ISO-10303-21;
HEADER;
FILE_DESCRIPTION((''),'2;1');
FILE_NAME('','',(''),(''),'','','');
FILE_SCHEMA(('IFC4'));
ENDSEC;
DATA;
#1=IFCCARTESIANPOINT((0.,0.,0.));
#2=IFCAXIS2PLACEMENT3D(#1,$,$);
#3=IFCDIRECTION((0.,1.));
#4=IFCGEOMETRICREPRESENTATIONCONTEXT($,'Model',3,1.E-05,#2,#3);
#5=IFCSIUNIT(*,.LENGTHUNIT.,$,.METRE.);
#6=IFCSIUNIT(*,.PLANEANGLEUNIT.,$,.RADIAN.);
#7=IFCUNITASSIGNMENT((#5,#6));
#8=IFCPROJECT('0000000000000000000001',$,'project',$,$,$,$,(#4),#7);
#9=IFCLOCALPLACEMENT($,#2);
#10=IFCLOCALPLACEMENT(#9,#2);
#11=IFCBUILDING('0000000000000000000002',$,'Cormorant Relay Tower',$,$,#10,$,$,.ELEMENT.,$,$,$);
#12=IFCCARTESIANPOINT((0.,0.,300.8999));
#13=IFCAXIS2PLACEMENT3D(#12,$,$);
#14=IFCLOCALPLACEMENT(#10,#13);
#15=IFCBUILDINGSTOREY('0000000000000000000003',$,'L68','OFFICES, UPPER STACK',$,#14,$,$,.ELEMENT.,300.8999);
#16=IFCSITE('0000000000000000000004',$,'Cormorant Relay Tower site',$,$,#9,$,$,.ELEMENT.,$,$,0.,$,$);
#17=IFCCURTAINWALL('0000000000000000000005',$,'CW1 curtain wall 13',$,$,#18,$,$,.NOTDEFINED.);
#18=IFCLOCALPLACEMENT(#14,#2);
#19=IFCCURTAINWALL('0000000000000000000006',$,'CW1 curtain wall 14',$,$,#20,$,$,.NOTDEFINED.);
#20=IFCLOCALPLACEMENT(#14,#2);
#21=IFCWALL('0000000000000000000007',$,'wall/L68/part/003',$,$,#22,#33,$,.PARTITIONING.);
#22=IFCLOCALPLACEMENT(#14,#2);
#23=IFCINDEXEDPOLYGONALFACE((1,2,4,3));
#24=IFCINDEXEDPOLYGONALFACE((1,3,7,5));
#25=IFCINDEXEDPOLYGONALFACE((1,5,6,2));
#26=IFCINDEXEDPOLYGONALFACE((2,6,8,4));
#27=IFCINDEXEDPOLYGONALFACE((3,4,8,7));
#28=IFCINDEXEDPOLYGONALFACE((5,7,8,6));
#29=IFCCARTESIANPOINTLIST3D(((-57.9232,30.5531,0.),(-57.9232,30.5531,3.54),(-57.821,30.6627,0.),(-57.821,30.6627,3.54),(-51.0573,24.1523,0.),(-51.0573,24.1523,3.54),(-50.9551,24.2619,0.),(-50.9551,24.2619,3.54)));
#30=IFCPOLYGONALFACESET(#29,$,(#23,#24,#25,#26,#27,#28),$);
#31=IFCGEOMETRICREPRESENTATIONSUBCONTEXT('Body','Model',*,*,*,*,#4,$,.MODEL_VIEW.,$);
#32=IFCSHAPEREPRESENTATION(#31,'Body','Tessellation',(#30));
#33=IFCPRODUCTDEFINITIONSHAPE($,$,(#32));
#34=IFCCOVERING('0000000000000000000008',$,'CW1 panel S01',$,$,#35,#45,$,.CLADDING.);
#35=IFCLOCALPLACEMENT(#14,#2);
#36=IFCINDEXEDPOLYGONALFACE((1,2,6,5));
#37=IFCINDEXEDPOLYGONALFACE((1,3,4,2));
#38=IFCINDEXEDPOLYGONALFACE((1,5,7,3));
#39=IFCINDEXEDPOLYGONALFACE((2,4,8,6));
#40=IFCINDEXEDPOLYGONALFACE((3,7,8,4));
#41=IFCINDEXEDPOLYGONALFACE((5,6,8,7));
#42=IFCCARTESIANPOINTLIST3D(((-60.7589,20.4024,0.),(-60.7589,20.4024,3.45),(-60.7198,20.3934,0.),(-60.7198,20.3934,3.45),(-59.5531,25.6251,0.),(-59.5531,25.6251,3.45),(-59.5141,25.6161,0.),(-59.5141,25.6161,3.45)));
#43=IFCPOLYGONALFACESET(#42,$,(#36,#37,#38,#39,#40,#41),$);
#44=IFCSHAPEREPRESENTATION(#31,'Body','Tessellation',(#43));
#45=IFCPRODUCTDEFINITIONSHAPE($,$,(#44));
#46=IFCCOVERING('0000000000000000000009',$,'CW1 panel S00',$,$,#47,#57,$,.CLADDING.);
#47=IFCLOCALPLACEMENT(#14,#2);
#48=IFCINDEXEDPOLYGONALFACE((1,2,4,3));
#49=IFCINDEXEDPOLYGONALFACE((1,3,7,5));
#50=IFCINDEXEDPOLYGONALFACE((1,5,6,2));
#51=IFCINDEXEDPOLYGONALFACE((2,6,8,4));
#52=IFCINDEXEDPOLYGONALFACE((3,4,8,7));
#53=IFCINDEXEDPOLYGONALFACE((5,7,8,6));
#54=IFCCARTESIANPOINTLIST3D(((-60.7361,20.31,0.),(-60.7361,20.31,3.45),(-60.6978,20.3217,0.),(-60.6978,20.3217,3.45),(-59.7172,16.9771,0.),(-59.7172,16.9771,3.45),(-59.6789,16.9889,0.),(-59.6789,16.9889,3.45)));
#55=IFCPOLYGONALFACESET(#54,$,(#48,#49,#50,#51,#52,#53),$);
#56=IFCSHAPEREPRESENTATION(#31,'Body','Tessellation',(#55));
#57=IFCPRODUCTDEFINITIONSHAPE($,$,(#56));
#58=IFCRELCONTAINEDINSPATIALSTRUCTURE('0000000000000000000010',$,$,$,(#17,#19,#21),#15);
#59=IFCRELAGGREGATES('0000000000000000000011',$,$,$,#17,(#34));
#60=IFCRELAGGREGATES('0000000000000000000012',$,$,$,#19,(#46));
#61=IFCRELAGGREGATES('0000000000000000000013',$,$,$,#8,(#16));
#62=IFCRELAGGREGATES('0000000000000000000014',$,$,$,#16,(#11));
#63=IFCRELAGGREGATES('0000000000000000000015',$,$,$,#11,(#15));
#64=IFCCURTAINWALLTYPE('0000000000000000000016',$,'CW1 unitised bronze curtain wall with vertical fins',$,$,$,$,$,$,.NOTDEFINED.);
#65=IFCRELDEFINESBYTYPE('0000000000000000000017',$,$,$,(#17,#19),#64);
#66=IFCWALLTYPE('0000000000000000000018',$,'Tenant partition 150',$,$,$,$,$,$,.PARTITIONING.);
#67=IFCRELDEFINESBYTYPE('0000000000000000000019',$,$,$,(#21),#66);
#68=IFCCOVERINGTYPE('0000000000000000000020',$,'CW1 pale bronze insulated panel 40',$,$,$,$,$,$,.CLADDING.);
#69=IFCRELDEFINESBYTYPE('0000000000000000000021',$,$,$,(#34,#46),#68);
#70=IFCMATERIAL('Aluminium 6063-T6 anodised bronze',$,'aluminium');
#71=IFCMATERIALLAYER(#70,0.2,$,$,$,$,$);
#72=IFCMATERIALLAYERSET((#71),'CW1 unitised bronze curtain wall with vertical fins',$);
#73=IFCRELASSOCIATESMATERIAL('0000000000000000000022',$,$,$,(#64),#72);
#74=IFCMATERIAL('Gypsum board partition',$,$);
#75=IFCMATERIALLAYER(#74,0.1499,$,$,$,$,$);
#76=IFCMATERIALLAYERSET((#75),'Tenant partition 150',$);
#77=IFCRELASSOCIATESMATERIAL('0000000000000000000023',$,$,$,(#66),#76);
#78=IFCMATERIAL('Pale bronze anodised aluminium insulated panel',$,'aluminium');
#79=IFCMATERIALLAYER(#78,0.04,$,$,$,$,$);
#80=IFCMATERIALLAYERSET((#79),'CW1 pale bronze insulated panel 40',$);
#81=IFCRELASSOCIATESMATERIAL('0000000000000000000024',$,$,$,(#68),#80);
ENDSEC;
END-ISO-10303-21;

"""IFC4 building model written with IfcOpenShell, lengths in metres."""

from ifc_helpers import new_model, si_unit, direction, frame, frame_2d, origin, origin_2d, place, context, subcontext, project, spatial, rectangle, extrude, material, layer, layer_set, type_object, element, aggregate, save


model = new_model("IFC4")

# Units and contexts
model_context = context("Model", 3, precision=1e-05, world=origin(), true_north=direction((0.0, 1.0)))
body_context = subcontext(model_context, "Body", "Model", "MODEL_VIEW")
ifc_project = project(units=[si_unit("LENGTHUNIT", "METRE"), si_unit("PLANEANGLEUNIT", "RADIAN")], contexts=[model_context])

# Site, building, storey
site_placement = place(None, origin())
site = spatial("IfcSite", under=ifc_project, at=site_placement, Name="Cormorant Relay Tower site", CompositionType="ELEMENT", RefElevation=0.0)
building_placement = place(site_placement, origin())
building = spatial("IfcBuilding", under=site, at=building_placement, Name="Cormorant Relay Tower", CompositionType="ELEMENT")
storey_placement = place(building_placement, frame((0.0, 0.0, 300.8999)))
storey = spatial("IfcBuildingStorey", under=building, at=storey_placement, Name="L68", Description="OFFICES, UPPER STACK", CompositionType="ELEMENT", Elevation=300.8999)

# Curtain walls
ifc_material_1 = material(Name="Aluminium 6063-T6 anodised bronze", Category="aluminium")
ifc_layer_1 = layer(ifc_material_1, 0.2)
ifc_layer_set_1 = layer_set([ifc_layer_1], Name="CW1 unitised bronze curtain wall with vertical fins")
curtain_wall_type = type_object("IfcCurtainWallType", Name="CW1 unitised bronze curtain wall with vertical fins", PredefinedType="NOTDEFINED", material=ifc_layer_set_1)
curtain_wall_1_placement = place(storey_placement, origin())
curtain_wall_1 = element("IfcCurtainWall", 1, at=curtain_wall_1_placement, inside=storey, type_object=curtain_wall_type, Name="CW1 curtain wall 13", PredefinedType="NOTDEFINED")
curtain_wall_2_placement = place(storey_placement, origin())
curtain_wall_2 = element("IfcCurtainWall", 2, at=curtain_wall_2_placement, inside=storey, type_object=curtain_wall_type, Name="CW1 curtain wall 14", PredefinedType="NOTDEFINED")

# Wall
ifc_material_2 = material(Name="Gypsum board partition")
ifc_layer_2 = layer(ifc_material_2, 0.1499)
ifc_layer_set_2 = layer_set([ifc_layer_2], Name="Tenant partition 150")
wall_type_1 = type_object("IfcWallType", Name="Tenant partition 150", PredefinedType="PARTITIONING", material=ifc_layer_set_2)
wall_1_placement = place(storey_placement, frame((-57.8721, 30.6079, 0.0), z_axis=(0.0, 0.0, 1.0), x_axis=(0.731446, -0.681899, 0.0)))
element("IfcWall", 3, at=wall_1_placement, inside=storey, type_object=wall_type_1, Name="wall/L68/part/003", PredefinedType="PARTITIONING", context=body_context, shape_type="SweptSolid", body=[
    extrude(rectangle(XDim=9.3867, YDim=0.1499, at=frame_2d((4.6934, 0.0))), origin(), (0.0, 0.0, 1.0), 3.54),
])

# Coverings
ifc_material_3 = material(Name="Pale bronze anodised aluminium insulated panel", Category="aluminium")
ifc_layer_3 = layer(ifc_material_3, 0.04)
ifc_layer_set_3 = layer_set([ifc_layer_3], Name="CW1 pale bronze insulated panel 40")
covering_type = type_object("IfcCoveringType", Name="CW1 pale bronze insulated panel 40", PredefinedType="CLADDING", material=ifc_layer_set_3)
covering_1_placement = place(storey_placement, frame((-60.1365, 23.0093, 0.0), z_axis=(0.0, 0.0, 1.0), x_axis=(-0.224951, -0.97437, 0.0)))
covering_1 = element("IfcCovering", 4, at=covering_1_placement, type_object=covering_type, Name="CW1 panel S01", PredefinedType="CLADDING", context=body_context, shape_type="SweptSolid", body=[
    extrude(rectangle(XDim=5.3601, YDim=0.04, at=origin_2d()), origin(), (0.0, 0.0, 1.0), 3.45),
])
aggregate(curtain_wall_1, [covering_1])
covering_2_placement = place(storey_placement, frame((-60.2075, 18.6494, 0.0), z_axis=(0.0, 0.0, 1.0), x_axis=(0.292372, -0.956305, 0.0)))
covering_2 = element("IfcCovering", 5, at=covering_2_placement, type_object=covering_type, Name="CW1 panel S00", PredefinedType="CLADDING", context=body_context, shape_type="SweptSolid", body=[
    extrude(rectangle(XDim=3.4851, YDim=0.04, at=origin_2d()), origin(), (0.0, 0.0, 1.0), 3.45),
])
aggregate(curtain_wall_2, [covering_2])

save(model, "model.ifc")
